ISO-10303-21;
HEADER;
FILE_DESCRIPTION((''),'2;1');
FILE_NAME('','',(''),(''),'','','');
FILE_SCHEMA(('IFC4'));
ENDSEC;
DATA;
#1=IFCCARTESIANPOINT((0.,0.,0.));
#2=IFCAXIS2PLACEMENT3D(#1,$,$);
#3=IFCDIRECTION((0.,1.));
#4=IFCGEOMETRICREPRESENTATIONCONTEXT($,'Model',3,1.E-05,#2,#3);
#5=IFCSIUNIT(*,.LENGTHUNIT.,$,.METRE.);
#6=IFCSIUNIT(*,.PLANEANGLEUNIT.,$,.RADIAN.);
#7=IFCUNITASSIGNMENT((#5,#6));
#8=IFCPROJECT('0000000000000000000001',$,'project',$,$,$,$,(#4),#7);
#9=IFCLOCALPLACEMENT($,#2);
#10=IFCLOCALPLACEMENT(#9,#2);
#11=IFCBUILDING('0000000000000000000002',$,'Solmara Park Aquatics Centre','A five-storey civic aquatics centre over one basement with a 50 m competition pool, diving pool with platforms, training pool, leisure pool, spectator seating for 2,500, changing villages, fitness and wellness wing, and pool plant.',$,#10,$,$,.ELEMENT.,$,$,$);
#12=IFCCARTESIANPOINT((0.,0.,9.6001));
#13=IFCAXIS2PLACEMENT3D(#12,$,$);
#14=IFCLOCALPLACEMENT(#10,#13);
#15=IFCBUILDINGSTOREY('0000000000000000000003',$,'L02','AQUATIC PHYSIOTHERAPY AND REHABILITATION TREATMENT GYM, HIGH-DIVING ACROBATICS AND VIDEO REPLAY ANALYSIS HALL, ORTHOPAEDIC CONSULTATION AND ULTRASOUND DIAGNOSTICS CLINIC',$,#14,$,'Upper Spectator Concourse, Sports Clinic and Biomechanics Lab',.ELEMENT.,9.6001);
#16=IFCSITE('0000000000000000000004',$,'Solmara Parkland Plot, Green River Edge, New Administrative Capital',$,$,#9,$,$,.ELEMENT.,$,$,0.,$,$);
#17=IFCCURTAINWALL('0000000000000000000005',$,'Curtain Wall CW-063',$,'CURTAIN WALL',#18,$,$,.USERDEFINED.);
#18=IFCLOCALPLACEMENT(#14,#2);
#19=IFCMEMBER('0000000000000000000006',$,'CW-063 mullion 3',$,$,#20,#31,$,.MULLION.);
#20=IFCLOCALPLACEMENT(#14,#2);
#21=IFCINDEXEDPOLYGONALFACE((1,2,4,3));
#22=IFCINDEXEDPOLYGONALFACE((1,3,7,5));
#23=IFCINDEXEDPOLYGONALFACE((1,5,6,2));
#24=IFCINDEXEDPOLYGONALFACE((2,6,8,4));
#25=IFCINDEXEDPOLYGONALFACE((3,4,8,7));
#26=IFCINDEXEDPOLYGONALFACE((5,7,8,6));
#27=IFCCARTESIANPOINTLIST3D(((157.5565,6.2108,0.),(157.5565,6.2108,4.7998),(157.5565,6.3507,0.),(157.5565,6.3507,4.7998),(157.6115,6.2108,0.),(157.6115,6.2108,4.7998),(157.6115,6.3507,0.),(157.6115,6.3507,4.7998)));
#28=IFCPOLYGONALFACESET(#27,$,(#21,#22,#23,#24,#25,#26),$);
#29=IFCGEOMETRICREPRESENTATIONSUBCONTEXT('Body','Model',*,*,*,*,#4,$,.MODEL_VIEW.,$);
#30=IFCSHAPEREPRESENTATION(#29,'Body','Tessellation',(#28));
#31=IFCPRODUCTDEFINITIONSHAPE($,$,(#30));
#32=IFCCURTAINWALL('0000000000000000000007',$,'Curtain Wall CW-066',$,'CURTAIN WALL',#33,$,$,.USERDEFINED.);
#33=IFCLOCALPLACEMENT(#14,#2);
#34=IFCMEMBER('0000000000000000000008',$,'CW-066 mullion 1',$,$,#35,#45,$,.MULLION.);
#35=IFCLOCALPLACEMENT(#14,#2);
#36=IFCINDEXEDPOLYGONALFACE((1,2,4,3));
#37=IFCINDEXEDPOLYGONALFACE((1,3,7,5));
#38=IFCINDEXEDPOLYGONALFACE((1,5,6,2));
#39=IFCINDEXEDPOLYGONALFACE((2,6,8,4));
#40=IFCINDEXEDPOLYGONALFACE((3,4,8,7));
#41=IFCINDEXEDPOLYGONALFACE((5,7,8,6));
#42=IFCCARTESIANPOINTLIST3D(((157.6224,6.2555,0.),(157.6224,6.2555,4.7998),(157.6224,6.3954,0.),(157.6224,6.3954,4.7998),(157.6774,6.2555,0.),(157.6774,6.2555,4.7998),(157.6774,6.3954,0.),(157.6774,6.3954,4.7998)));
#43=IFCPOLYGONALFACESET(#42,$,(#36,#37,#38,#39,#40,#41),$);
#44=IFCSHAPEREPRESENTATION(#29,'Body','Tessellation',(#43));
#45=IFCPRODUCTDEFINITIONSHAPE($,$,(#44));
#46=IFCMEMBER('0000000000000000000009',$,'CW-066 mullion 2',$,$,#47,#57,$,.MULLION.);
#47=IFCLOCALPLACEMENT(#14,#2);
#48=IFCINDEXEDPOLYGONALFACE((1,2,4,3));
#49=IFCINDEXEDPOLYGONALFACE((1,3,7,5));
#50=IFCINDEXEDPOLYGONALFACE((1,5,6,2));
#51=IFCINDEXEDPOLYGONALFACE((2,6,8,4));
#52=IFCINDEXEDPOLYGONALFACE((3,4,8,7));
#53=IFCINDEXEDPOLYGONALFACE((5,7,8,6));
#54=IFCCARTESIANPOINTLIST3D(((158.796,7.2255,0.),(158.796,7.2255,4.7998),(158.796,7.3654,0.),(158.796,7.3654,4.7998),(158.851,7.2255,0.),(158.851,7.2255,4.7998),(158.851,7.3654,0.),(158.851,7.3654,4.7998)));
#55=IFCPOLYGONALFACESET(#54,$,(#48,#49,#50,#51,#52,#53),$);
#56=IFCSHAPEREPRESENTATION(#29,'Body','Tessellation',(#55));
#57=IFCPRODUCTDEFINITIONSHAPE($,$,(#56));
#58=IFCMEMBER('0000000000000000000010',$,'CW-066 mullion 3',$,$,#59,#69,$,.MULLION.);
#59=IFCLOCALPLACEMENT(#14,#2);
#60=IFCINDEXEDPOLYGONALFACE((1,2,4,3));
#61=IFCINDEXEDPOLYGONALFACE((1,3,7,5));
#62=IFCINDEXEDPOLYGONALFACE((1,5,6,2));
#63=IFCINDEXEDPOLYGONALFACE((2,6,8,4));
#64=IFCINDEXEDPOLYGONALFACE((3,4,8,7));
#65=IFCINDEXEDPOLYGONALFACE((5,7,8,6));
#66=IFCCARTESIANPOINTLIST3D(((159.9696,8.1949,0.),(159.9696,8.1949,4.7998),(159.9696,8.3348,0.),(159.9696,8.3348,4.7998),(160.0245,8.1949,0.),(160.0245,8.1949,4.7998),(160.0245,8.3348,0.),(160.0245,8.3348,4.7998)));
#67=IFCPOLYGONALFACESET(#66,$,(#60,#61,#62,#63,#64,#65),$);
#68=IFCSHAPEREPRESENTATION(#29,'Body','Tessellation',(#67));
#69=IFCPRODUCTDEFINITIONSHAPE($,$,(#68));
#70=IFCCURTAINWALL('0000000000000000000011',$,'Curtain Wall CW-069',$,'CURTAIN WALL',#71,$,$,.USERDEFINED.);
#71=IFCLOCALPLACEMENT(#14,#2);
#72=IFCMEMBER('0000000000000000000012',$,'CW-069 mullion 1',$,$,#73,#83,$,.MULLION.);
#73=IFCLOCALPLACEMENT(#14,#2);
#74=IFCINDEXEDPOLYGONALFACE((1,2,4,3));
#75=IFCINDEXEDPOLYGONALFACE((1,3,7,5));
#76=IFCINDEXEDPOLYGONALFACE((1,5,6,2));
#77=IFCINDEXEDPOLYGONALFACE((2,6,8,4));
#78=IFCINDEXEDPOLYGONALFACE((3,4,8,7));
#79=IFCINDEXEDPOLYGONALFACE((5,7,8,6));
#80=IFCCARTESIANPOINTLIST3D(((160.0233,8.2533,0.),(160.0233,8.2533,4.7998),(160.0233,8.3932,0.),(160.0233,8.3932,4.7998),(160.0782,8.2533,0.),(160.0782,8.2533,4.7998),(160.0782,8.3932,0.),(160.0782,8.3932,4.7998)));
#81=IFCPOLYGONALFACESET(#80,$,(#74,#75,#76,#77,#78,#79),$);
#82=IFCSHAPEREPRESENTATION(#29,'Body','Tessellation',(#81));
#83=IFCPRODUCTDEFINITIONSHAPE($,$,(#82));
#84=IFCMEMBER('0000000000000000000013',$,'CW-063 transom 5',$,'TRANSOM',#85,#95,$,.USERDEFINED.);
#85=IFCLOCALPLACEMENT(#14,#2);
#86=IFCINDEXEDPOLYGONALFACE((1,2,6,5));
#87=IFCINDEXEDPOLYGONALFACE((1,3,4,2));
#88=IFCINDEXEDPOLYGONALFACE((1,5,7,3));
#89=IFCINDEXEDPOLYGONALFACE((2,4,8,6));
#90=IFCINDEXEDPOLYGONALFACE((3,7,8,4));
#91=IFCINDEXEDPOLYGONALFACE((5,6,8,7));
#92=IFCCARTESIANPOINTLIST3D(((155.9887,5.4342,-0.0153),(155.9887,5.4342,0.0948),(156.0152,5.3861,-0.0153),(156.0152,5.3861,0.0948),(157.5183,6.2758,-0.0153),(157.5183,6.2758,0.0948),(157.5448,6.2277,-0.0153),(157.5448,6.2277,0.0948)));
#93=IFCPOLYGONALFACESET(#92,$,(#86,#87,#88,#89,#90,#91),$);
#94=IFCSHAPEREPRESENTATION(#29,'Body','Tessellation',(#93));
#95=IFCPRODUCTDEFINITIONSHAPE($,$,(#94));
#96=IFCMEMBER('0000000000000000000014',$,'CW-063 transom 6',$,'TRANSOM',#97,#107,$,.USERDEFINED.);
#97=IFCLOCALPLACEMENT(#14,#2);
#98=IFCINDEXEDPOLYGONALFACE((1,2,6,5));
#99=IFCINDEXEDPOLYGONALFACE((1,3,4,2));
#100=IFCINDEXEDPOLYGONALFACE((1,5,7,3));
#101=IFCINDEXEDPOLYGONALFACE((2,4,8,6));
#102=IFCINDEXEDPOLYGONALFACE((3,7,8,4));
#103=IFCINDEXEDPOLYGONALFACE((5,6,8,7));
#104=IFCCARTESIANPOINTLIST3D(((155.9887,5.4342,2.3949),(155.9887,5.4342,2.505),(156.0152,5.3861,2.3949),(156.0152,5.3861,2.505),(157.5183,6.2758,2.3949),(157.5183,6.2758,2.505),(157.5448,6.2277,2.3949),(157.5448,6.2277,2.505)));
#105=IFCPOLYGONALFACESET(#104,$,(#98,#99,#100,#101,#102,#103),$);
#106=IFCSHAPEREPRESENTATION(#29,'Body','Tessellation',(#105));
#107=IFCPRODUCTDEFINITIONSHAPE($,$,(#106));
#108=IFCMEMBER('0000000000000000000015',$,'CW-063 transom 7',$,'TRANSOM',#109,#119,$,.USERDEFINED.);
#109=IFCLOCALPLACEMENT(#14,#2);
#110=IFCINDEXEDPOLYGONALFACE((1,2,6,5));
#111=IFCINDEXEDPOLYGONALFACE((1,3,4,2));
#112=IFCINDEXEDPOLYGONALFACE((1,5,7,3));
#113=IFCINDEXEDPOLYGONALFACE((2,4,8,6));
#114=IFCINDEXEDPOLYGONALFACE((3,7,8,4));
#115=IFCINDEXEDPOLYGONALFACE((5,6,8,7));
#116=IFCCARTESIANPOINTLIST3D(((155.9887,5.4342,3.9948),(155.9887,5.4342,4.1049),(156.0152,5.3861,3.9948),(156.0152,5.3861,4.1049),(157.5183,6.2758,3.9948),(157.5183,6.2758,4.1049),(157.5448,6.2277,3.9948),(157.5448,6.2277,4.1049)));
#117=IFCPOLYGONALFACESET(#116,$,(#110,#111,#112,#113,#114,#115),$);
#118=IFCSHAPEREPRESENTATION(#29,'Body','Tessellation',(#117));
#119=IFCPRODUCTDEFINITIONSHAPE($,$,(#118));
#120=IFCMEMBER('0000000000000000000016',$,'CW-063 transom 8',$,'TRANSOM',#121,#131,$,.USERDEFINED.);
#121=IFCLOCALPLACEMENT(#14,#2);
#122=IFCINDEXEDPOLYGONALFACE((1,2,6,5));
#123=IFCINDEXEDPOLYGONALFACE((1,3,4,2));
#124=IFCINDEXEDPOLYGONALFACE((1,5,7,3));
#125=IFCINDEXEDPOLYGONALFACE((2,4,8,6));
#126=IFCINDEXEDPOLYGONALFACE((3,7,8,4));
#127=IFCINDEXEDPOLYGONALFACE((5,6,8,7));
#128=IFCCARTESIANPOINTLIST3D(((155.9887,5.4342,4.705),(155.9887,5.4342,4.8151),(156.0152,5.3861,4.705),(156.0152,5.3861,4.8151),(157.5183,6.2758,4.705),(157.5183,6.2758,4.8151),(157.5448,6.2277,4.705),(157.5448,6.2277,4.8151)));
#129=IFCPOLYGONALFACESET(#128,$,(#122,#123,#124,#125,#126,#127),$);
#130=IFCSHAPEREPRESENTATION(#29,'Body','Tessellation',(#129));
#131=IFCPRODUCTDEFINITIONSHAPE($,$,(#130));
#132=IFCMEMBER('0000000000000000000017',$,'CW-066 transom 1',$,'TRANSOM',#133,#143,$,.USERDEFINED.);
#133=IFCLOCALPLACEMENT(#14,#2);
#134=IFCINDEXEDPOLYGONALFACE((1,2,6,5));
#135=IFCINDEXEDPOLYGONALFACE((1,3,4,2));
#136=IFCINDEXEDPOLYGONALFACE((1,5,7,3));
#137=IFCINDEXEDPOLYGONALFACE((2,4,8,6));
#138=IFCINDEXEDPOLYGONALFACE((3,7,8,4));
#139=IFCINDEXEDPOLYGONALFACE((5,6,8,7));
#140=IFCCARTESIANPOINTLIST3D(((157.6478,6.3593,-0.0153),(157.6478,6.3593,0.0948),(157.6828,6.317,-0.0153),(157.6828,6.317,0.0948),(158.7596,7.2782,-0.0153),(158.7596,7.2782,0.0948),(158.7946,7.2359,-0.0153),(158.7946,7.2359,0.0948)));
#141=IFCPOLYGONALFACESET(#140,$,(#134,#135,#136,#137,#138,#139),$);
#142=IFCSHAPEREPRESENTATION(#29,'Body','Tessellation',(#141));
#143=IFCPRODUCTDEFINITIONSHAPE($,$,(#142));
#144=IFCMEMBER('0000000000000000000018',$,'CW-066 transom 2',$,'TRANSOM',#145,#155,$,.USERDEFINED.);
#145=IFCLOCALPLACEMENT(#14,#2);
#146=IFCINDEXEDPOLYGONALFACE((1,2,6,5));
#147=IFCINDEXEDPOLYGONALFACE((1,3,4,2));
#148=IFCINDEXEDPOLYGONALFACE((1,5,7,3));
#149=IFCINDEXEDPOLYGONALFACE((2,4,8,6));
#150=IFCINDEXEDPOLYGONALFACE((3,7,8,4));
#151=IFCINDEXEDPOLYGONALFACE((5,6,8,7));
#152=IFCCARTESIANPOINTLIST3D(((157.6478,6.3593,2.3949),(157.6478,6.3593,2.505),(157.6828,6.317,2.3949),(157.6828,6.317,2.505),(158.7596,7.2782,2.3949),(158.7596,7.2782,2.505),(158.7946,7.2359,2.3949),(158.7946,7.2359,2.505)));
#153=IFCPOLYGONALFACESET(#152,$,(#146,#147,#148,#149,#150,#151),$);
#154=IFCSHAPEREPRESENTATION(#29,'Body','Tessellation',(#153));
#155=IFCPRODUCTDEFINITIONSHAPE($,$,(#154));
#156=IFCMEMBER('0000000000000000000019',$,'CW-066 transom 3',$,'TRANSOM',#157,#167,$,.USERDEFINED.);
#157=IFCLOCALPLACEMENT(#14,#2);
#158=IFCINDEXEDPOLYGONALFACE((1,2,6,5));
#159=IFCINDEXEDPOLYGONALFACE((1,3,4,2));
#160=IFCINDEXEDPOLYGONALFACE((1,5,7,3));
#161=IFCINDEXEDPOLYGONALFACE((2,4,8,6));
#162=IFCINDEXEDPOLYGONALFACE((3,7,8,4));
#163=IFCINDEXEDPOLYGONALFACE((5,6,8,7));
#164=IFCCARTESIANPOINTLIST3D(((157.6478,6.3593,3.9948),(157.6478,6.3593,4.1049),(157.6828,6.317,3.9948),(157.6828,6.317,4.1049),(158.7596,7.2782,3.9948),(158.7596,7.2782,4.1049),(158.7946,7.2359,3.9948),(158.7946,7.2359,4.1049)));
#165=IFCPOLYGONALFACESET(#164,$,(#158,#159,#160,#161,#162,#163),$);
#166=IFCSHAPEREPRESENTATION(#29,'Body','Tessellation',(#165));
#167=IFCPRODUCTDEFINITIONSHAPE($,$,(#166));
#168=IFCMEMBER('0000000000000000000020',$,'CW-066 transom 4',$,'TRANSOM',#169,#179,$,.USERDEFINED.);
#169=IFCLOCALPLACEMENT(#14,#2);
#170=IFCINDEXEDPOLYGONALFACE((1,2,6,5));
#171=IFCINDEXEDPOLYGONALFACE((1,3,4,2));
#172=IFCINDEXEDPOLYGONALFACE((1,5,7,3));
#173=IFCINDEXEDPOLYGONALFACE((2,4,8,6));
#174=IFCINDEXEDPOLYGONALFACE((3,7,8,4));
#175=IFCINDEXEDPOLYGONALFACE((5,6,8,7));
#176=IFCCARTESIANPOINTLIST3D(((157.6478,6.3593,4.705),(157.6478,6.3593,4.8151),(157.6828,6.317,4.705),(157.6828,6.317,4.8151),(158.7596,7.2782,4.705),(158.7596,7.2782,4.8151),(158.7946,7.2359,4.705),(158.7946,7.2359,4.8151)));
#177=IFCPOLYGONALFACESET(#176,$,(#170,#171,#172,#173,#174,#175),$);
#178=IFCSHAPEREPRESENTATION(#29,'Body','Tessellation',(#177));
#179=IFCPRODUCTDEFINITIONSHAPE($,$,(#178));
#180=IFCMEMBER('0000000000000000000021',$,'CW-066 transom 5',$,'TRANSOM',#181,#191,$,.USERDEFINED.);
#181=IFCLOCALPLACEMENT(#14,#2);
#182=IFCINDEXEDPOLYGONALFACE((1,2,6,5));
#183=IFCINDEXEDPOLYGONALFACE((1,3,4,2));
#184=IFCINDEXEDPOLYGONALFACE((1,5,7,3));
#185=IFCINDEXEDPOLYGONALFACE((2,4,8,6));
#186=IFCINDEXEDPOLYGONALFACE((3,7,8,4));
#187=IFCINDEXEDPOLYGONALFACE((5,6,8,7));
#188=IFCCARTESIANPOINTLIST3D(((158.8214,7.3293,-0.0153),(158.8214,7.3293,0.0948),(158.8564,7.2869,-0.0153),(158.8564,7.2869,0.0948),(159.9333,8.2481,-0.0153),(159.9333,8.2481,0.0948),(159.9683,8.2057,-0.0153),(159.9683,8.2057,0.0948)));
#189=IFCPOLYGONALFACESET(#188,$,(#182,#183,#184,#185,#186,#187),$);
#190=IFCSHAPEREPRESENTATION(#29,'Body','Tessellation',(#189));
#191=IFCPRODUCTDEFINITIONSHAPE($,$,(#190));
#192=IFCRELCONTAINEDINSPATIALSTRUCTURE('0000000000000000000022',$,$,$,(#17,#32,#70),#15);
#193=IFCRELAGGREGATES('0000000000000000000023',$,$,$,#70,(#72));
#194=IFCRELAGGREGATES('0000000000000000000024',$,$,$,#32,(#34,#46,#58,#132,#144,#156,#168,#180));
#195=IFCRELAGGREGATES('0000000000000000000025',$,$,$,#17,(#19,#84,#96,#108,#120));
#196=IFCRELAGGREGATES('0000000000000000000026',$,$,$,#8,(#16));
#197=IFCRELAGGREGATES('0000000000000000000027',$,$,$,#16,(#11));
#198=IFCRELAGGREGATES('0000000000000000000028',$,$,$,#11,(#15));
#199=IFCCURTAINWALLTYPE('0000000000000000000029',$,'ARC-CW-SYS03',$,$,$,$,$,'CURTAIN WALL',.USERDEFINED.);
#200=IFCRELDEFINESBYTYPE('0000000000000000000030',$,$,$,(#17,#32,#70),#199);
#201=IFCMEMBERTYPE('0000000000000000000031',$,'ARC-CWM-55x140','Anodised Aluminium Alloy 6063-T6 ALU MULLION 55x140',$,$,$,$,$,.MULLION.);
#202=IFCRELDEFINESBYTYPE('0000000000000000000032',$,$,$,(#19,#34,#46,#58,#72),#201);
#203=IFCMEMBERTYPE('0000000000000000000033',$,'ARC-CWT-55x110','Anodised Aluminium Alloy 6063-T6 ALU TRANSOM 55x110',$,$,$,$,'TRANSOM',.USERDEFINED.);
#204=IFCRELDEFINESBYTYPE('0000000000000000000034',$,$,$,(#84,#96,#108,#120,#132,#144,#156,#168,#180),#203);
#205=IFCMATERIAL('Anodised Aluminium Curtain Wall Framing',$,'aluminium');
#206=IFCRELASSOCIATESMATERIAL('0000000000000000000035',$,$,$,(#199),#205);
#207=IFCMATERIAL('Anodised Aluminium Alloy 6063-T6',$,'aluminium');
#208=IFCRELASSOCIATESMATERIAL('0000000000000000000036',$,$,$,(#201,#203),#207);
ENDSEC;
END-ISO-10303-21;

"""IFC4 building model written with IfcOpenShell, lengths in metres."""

from ifc_helpers import new_model, si_unit, direction, frame, origin, origin_2d, place, context, subcontext, project, spatial, rectangle, extrude, material, material_profile, profile_set, type_object, element, aggregate, save


model = new_model("IFC4")

# Units and contexts
model_context = context("Model", 3, precision=1e-05, world=origin(), true_north=direction((0.0, 1.0)))
body_context = subcontext(model_context, "Body", "Model", "MODEL_VIEW")
ifc_project = project(units=[si_unit("LENGTHUNIT", "METRE"), si_unit("PLANEANGLEUNIT", "RADIAN")], contexts=[model_context])

# Site, building, storey
site_placement = place(None, origin())
site = spatial("IfcSite", under=ifc_project, at=site_placement, Name="Solmara Parkland Plot, Green River Edge, New Administrative Capital", CompositionType="ELEMENT", RefElevation=0.0)
building_placement = place(site_placement, origin())
building = spatial("IfcBuilding", under=site, at=building_placement, Name="Solmara Park Aquatics Centre", Description="A five-storey civic aquatics centre over one basement with a 50 m competition pool, diving pool with platforms, training pool, leisure pool, spectator seating for 2,500, changing villages, fitness and wellness wing, and pool plant.", CompositionType="ELEMENT")
storey_placement = place(building_placement, frame((0.0, 0.0, 9.6001)))
storey = spatial("IfcBuildingStorey", under=building, at=storey_placement, Name="L02", Description="AQUATIC PHYSIOTHERAPY AND REHABILITATION TREATMENT GYM, HIGH-DIVING ACROBATICS AND VIDEO REPLAY ANALYSIS HALL, ORTHOPAEDIC CONSULTATION AND ULTRASOUND DIAGNOSTICS CLINIC", LongName="Upper Spectator Concourse, Sports Clinic and Biomechanics Lab", CompositionType="ELEMENT", Elevation=9.6001)

# Curtain wall, member
ifc_material_1 = material(Name="Anodised Aluminium Curtain Wall Framing", Category="aluminium")
curtain_wall_type = type_object("IfcCurtainWallType", Name="ARC-CW-SYS03", ElementType="CURTAIN WALL", PredefinedType="USERDEFINED", material=ifc_material_1)
curtain_wall_1_placement = place(storey_placement, origin())
curtain_wall_1 = element("IfcCurtainWall", 1, at=curtain_wall_1_placement, inside=storey, type_object=curtain_wall_type, Name="Curtain Wall CW-063", ObjectType="CURTAIN WALL", PredefinedType="USERDEFINED")
ifc_material_2 = material(Name="Anodised Aluminium Alloy 6063-T6", Category="aluminium")
ifc_material_profile_1 = material_profile(ifc_material_2, rectangle(XDim=0.0549, YDim=0.1399, at=origin_2d()), Name="ALU MULLION 55x140")
ifc_profile_set_1 = profile_set([ifc_material_profile_1], Name="Anodised Aluminium Alloy 6063-T6")
member_type_1 = type_object("IfcMemberType", Name="ARC-CWM-55x140", Description="Anodised Aluminium Alloy 6063-T6 ALU MULLION 55x140", PredefinedType="MULLION", material=ifc_profile_set_1)
member_1_placement = place(storey_placement, frame((157.584, 6.2808, 0.0), z_axis=(0.0, 0.0, 1.0), x_axis=(1.0, 0.0, 0.0)))
member_1 = element("IfcMember", 2, at=member_1_placement, type_object=member_type_1, Name="CW-063 mullion 3", PredefinedType="MULLION", context=body_context, shape_type="SweptSolid", body=[
    extrude(rectangle(XDim=0.0549, YDim=0.1399, at=origin_2d()), origin(), (0.0, 0.0, 1.0), 4.7998),
])

# Curtain wall, members
curtain_wall_2_placement = place(storey_placement, origin())
curtain_wall_2 = element("IfcCurtainWall", 3, at=curtain_wall_2_placement, inside=storey, type_object=curtain_wall_type, Name="Curtain Wall CW-066", ObjectType="CURTAIN WALL", PredefinedType="USERDEFINED")
member_2_placement = place(storey_placement, frame((157.6499, 6.3254, 0.0), z_axis=(0.0, 0.0, 1.0), x_axis=(1.0, 0.0, 0.0)))
member_2 = element("IfcMember", 4, at=member_2_placement, type_object=member_type_1, Name="CW-066 mullion 1", PredefinedType="MULLION", context=body_context, shape_type="SweptSolid", body=[
    extrude(rectangle(XDim=0.0549, YDim=0.1399, at=origin_2d()), origin(), (0.0, 0.0, 1.0), 4.7998),
])
member_3_placement = place(storey_placement, frame((158.8235, 7.2954, 0.0), z_axis=(0.0, 0.0, 1.0), x_axis=(1.0, 0.0, 0.0)))
member_3 = element("IfcMember", 5, at=member_3_placement, type_object=member_type_1, Name="CW-066 mullion 2", PredefinedType="MULLION", context=body_context, shape_type="SweptSolid", body=[
    extrude(rectangle(XDim=0.0549, YDim=0.1399, at=origin_2d()), origin(), (0.0, 0.0, 1.0), 4.7998),
])
member_4_placement = place(storey_placement, frame((159.9971, 8.2649, 0.0), z_axis=(0.0, 0.0, 1.0), x_axis=(1.0, 0.0, 0.0)))
member_4 = element("IfcMember", 6, at=member_4_placement, type_object=member_type_1, Name="CW-066 mullion 3", PredefinedType="MULLION", context=body_context, shape_type="SweptSolid", body=[
    extrude(rectangle(XDim=0.0549, YDim=0.1399, at=origin_2d()), origin(), (0.0, 0.0, 1.0), 4.7998),
])

# Curtain wall, member
curtain_wall_3_placement = place(storey_placement, origin())
curtain_wall_3 = element("IfcCurtainWall", 7, at=curtain_wall_3_placement, inside=storey, type_object=curtain_wall_type, Name="Curtain Wall CW-069", ObjectType="CURTAIN WALL", PredefinedType="USERDEFINED")
member_5_placement = place(storey_placement, frame((160.0508, 8.3232, 0.0), z_axis=(0.0, 0.0, 1.0), x_axis=(1.0, 0.0, 0.0)))
member_5 = element("IfcMember", 8, at=member_5_placement, type_object=member_type_1, Name="CW-069 mullion 1", PredefinedType="MULLION", context=body_context, shape_type="SweptSolid", body=[
    extrude(rectangle(XDim=0.0549, YDim=0.1399, at=origin_2d()), origin(), (0.0, 0.0, 1.0), 4.7998),
])

# Members
ifc_material_profile_2 = material_profile(ifc_material_2, rectangle(XDim=0.0549, YDim=0.1101, at=origin_2d()), Name="ALU TRANSOM 55x110")
ifc_profile_set_2 = profile_set([ifc_material_profile_2], Name="Anodised Aluminium Alloy 6063-T6")
member_type_2 = type_object("IfcMemberType", Name="ARC-CWT-55x110", Description="Anodised Aluminium Alloy 6063-T6 ALU TRANSOM 55x110", ElementType="TRANSOM", PredefinedType="USERDEFINED", material=ifc_profile_set_2)
member_6_placement = place(storey_placement, frame((156.002, 5.4102, 0.0398), z_axis=(0.876142, 0.482053, 0.0), x_axis=(-0.482053, 0.876142, 0.0)))
member_6 = element("IfcMember", 9, at=member_6_placement, type_object=member_type_2, Name="CW-063 transom 5", ObjectType="TRANSOM", PredefinedType="USERDEFINED", context=body_context, shape_type="SweptSolid", body=[
    extrude(rectangle(XDim=0.0549, YDim=0.1101, at=origin_2d()), origin(), (0.0, 0.0, 1.0), 1.7458),
])
member_7_placement = place(storey_placement, frame((156.002, 5.4102, 2.45), z_axis=(0.876142, 0.482053, 0.0), x_axis=(-0.482053, 0.876142, 0.0)))
member_7 = element("IfcMember", 10, at=member_7_placement, type_object=member_type_2, Name="CW-063 transom 6", ObjectType="TRANSOM", PredefinedType="USERDEFINED", context=body_context, shape_type="SweptSolid", body=[
    extrude(rectangle(XDim=0.0549, YDim=0.1101, at=origin_2d()), origin(), (0.0, 0.0, 1.0), 1.7458),
])
member_8_placement = place(storey_placement, frame((156.002, 5.4102, 4.0498), z_axis=(0.876142, 0.482053, 0.0), x_axis=(-0.482053, 0.876142, 0.0)))
member_8 = element("IfcMember", 11, at=member_8_placement, type_object=member_type_2, Name="CW-063 transom 7", ObjectType="TRANSOM", PredefinedType="USERDEFINED", context=body_context, shape_type="SweptSolid", body=[
    extrude(rectangle(XDim=0.0549, YDim=0.1101, at=origin_2d()), origin(), (0.0, 0.0, 1.0), 1.7458),
])
member_9_placement = place(storey_placement, frame((156.002, 5.4102, 4.76), z_axis=(0.876142, 0.482053, 0.0), x_axis=(-0.482053, 0.876142, 0.0)))
member_9 = element("IfcMember", 12, at=member_9_placement, type_object=member_type_2, Name="CW-063 transom 8", ObjectType="TRANSOM", PredefinedType="USERDEFINED", context=body_context, shape_type="SweptSolid", body=[
    extrude(rectangle(XDim=0.0549, YDim=0.1101, at=origin_2d()), origin(), (0.0, 0.0, 1.0), 1.7458),
])
member_10_placement = place(storey_placement, frame((157.6653, 6.3381, 0.0398), z_axis=(0.770796, 0.637083, 0.0), x_axis=(-0.637083, 0.770796, 0.0)))
member_10 = element("IfcMember", 13, at=member_10_placement, type_object=member_type_2, Name="CW-066 transom 1", ObjectType="TRANSOM", PredefinedType="USERDEFINED", context=body_context, shape_type="SweptSolid", body=[
    extrude(rectangle(XDim=0.0549, YDim=0.1101, at=origin_2d()), origin(), (0.0, 0.0, 1.0), 1.4424),
])
member_11_placement = place(storey_placement, frame((157.6653, 6.3381, 2.45), z_axis=(0.770796, 0.637083, 0.0), x_axis=(-0.637083, 0.770796, 0.0)))
member_11 = element("IfcMember", 14, at=member_11_placement, type_object=member_type_2, Name="CW-066 transom 2", ObjectType="TRANSOM", PredefinedType="USERDEFINED", context=body_context, shape_type="SweptSolid", body=[
    extrude(rectangle(XDim=0.0549, YDim=0.1101, at=origin_2d()), origin(), (0.0, 0.0, 1.0), 1.4424),
])
member_12_placement = place(storey_placement, frame((157.6653, 6.3381, 4.0498), z_axis=(0.770796, 0.637083, 0.0), x_axis=(-0.637083, 0.770796, 0.0)))
member_12 = element("IfcMember", 15, at=member_12_placement, type_object=member_type_2, Name="CW-066 transom 3", ObjectType="TRANSOM", PredefinedType="USERDEFINED", context=body_context, shape_type="SweptSolid", body=[
    extrude(rectangle(XDim=0.0549, YDim=0.1101, at=origin_2d()), origin(), (0.0, 0.0, 1.0), 1.4424),
])
member_13_placement = place(storey_placement, frame((157.6653, 6.3381, 4.76), z_axis=(0.770796, 0.637083, 0.0), x_axis=(-0.637083, 0.770796, 0.0)))
member_13 = element("IfcMember", 16, at=member_13_placement, type_object=member_type_2, Name="CW-066 transom 4", ObjectType="TRANSOM", PredefinedType="USERDEFINED", context=body_context, shape_type="SweptSolid", body=[
    extrude(rectangle(XDim=0.0549, YDim=0.1101, at=origin_2d()), origin(), (0.0, 0.0, 1.0), 1.4424),
])
member_14_placement = place(storey_placement, frame((158.8389, 7.3081, 0.0398), z_axis=(0.770879, 0.636982, 0.0), x_axis=(-0.636982, 0.770879, 0.0)))
member_14 = element("IfcMember", 17, at=member_14_placement, type_object=member_type_2, Name="CW-066 transom 5", ObjectType="TRANSOM", PredefinedType="USERDEFINED", context=body_context, shape_type="SweptSolid", body=[
    extrude(rectangle(XDim=0.0549, YDim=0.1101, at=origin_2d()), origin(), (0.0, 0.0, 1.0), 1.4424),
])

aggregate(curtain_wall_3, [member_5])
aggregate(curtain_wall_2, [member_2, member_3, member_4, member_10, member_11, member_12, member_13, member_14])
aggregate(curtain_wall_1, [member_1, member_6, member_7, member_8, member_9])

save(model, "model.ifc")
